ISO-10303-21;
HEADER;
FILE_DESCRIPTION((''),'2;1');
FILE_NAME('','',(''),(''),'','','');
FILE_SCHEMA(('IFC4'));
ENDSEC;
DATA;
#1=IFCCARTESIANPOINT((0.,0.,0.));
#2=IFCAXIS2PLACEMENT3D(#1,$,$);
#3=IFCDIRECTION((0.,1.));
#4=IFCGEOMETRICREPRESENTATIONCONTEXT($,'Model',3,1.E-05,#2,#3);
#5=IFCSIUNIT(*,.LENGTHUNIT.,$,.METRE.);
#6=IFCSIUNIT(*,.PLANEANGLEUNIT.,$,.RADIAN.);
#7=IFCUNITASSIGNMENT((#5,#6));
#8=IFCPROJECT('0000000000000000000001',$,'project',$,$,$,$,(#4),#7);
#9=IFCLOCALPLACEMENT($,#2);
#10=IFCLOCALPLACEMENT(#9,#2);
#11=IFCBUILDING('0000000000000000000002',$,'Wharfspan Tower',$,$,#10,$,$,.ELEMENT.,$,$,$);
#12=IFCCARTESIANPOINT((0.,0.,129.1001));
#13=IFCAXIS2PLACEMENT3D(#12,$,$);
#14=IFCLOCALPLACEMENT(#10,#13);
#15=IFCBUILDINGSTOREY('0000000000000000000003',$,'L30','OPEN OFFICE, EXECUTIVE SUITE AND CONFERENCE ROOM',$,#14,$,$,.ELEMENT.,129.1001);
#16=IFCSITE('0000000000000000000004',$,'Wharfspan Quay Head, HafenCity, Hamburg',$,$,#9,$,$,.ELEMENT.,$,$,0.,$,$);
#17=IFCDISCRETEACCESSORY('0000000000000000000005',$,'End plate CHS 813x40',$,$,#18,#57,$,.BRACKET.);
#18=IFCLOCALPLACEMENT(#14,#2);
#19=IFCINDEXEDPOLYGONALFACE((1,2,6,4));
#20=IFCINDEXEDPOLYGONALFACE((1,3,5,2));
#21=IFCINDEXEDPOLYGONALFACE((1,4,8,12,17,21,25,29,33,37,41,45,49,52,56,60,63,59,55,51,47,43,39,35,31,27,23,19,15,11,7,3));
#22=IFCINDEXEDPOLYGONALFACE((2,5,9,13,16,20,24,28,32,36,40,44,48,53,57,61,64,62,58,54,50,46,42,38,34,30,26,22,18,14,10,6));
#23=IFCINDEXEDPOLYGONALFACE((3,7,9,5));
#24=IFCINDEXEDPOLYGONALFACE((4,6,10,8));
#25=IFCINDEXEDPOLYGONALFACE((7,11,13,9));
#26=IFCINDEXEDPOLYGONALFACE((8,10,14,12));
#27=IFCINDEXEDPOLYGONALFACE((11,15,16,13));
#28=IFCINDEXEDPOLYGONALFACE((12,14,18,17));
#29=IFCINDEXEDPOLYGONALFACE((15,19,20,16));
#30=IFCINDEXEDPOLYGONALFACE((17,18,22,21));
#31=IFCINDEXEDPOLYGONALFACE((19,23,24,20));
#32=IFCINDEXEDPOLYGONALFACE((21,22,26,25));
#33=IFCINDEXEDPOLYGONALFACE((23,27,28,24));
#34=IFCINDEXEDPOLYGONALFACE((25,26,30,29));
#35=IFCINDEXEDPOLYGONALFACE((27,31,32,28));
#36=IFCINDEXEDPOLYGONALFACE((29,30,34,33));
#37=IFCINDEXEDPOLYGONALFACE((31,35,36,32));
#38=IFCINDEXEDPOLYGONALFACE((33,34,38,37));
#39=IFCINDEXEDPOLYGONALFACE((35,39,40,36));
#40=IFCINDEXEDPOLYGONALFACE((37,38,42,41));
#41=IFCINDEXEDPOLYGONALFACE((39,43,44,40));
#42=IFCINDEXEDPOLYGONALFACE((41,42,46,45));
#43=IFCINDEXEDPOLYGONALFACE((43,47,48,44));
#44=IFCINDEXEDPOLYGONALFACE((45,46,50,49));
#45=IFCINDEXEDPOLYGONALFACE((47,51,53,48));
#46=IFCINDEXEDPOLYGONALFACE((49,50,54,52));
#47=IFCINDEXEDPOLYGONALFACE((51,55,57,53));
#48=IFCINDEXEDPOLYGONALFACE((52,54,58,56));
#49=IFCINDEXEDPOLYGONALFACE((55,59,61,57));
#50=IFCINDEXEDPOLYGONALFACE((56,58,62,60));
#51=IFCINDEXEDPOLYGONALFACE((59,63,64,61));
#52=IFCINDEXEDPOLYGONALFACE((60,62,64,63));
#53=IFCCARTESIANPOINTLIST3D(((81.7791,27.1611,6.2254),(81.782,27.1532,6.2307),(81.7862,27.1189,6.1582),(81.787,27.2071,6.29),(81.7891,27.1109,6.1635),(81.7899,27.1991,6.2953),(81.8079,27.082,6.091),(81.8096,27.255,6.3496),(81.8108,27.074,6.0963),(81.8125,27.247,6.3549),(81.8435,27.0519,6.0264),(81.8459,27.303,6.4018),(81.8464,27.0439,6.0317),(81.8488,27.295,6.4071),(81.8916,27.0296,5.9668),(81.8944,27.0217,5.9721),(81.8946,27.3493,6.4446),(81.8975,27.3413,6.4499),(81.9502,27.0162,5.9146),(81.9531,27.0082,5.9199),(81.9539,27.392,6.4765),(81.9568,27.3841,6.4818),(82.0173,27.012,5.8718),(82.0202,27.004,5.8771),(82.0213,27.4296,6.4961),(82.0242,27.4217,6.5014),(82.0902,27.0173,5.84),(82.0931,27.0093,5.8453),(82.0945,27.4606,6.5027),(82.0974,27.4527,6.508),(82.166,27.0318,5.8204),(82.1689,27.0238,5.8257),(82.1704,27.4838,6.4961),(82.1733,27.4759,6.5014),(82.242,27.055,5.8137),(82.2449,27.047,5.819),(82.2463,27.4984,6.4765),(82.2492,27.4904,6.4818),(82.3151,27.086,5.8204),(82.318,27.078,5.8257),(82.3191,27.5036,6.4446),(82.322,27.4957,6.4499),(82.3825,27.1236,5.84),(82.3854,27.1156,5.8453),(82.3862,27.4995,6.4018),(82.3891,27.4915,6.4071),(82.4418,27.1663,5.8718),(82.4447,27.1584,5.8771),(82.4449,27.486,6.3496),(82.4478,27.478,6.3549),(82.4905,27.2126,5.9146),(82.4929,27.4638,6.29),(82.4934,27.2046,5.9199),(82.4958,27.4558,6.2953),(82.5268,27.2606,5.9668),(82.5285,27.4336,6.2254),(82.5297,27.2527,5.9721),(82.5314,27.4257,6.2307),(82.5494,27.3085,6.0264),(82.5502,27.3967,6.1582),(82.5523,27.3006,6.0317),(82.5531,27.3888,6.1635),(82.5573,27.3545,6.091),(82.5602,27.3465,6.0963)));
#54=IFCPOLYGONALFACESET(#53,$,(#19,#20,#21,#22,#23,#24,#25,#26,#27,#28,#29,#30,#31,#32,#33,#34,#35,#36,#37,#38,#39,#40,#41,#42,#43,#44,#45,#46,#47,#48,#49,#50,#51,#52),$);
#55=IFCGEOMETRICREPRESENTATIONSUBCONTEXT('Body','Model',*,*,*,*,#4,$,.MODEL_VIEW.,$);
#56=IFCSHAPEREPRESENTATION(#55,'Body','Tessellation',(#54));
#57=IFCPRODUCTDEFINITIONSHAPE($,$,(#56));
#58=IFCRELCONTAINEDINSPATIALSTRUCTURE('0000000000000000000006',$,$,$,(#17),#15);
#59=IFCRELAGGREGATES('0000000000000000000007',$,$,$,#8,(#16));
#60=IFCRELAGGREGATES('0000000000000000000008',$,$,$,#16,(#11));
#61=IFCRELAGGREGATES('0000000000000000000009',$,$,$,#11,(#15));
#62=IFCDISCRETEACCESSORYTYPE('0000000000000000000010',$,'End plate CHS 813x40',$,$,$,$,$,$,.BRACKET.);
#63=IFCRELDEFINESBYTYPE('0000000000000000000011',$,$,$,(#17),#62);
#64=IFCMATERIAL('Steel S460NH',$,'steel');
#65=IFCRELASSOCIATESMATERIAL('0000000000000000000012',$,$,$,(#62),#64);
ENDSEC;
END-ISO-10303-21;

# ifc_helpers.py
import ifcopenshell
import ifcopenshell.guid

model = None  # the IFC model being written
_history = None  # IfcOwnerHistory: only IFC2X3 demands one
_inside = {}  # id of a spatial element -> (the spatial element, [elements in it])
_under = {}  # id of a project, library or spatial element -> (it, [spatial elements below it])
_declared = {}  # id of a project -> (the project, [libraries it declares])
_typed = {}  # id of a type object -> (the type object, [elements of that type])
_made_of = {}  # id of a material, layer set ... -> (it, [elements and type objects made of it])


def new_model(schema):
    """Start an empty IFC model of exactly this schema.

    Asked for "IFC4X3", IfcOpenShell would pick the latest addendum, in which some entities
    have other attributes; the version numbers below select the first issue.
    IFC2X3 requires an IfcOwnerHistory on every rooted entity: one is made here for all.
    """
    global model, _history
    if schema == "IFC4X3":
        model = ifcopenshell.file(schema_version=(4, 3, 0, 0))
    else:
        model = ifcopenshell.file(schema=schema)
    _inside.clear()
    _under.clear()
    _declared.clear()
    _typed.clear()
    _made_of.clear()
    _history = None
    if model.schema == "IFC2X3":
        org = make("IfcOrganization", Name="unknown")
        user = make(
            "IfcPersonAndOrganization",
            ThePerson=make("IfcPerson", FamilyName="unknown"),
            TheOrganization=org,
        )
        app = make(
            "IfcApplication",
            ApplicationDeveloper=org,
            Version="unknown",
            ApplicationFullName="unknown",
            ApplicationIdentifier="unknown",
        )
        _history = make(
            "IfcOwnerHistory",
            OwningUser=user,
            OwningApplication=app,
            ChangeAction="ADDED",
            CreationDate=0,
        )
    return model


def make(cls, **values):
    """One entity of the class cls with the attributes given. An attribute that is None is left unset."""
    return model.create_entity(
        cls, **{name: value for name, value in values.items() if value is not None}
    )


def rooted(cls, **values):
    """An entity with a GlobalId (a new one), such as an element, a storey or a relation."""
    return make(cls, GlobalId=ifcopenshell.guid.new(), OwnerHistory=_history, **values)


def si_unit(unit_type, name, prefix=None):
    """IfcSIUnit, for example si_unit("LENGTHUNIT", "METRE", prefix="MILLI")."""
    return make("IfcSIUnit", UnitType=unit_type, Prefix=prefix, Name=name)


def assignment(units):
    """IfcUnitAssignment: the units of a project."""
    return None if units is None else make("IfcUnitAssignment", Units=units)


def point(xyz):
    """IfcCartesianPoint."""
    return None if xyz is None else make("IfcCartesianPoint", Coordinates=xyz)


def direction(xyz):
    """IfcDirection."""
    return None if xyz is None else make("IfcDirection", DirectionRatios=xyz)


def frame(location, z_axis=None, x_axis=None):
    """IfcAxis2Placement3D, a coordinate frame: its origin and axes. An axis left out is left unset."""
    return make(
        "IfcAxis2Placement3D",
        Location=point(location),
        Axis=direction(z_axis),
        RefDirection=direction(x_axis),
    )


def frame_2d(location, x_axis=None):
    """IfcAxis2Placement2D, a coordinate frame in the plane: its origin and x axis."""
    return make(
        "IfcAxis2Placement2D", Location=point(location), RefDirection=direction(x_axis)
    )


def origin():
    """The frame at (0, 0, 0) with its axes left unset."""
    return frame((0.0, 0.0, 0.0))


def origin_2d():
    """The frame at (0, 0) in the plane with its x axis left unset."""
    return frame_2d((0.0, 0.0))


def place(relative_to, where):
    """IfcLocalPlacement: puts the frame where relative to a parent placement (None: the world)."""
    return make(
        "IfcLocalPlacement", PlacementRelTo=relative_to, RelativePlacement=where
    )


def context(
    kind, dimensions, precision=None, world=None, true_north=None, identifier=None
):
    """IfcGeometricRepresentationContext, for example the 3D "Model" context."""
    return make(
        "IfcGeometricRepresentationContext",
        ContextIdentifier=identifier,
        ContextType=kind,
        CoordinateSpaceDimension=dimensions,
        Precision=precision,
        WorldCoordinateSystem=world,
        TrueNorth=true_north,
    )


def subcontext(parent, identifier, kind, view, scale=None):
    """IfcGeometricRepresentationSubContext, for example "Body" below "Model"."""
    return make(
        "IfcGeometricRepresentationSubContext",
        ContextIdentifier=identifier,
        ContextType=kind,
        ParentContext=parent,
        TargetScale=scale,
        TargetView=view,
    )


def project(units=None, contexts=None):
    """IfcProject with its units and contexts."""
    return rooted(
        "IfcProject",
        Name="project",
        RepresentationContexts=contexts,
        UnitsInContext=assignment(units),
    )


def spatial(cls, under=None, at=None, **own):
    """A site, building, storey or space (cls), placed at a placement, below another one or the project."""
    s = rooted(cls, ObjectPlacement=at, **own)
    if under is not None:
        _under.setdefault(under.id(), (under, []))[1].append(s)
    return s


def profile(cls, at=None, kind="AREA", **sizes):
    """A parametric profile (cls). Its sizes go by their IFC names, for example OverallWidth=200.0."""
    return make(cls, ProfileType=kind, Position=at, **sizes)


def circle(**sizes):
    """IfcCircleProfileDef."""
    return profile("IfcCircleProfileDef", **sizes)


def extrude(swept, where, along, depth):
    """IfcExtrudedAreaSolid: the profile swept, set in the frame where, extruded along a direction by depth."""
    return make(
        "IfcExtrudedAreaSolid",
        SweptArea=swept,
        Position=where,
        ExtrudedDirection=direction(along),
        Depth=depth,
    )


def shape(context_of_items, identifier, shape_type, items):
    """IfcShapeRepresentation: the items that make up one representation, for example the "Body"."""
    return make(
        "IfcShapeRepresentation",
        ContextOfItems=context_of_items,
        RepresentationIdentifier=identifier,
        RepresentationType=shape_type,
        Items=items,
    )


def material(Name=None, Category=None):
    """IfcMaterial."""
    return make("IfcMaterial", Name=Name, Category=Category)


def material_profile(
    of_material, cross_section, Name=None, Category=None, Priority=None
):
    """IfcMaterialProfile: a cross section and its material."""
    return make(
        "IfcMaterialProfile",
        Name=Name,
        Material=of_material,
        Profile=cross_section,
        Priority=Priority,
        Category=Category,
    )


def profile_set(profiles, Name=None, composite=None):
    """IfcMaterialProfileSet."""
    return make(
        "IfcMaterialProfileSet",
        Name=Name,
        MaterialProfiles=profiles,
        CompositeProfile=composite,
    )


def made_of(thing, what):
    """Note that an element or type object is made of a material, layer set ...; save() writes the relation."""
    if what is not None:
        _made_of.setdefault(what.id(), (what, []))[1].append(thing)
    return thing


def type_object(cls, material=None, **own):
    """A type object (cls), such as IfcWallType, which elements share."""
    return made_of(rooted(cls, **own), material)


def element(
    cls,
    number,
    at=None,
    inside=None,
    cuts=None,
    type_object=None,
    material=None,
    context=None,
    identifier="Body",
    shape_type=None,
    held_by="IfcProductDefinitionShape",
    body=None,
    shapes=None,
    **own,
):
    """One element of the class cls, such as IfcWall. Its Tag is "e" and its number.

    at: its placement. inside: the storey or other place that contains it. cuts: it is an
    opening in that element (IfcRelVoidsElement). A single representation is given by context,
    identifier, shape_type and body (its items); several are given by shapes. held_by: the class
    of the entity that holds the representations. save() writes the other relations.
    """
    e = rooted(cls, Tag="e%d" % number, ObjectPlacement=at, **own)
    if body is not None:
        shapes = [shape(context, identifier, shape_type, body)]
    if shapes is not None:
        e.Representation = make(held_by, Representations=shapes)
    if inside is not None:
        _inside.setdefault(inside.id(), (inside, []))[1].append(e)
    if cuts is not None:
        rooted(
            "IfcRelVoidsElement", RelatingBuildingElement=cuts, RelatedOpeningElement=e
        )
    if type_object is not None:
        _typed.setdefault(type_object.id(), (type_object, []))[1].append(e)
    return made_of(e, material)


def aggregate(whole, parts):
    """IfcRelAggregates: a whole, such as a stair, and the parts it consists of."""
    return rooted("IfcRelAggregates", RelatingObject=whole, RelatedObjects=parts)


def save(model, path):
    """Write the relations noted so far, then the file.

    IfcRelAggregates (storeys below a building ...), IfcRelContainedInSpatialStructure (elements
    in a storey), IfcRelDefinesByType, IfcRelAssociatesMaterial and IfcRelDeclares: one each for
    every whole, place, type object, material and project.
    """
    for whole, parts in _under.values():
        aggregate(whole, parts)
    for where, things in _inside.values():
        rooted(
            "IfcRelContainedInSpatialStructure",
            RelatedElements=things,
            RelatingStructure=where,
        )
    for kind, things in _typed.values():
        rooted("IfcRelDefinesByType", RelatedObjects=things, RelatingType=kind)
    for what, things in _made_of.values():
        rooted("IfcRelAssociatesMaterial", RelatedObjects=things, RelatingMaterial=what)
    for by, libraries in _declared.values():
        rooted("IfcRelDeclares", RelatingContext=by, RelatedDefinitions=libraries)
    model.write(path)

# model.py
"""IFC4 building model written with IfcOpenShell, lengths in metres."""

from ifc_helpers import new_model, si_unit, direction, frame, origin, origin_2d, place, context, subcontext, project, spatial, circle, extrude, material, material_profile, profile_set, type_object, element, save


model = new_model("IFC4")

# Units and contexts
model_context = context("Model", 3, precision=1e-05, world=origin(), true_north=direction((0.0, 1.0)))
body_context = subcontext(model_context, "Body", "Model", "MODEL_VIEW")
ifc_project = project(units=[si_unit("LENGTHUNIT", "METRE"), si_unit("PLANEANGLEUNIT", "RADIAN")], contexts=[model_context])

# Site, building, storey
site_placement = place(None, origin())
site = spatial("IfcSite", under=ifc_project, at=site_placement, Name="Wharfspan Quay Head, HafenCity, Hamburg", CompositionType="ELEMENT", RefElevation=0.0)
building_placement = place(site_placement, origin())
building = spatial("IfcBuilding", under=site, at=building_placement, Name="Wharfspan Tower", CompositionType="ELEMENT")
storey_placement = place(building_placement, frame((0.0, 0.0, 129.1001)))
storey = spatial("IfcBuildingStorey", under=building, at=storey_placement, Name="L30", Description="OPEN OFFICE, EXECUTIVE SUITE AND CONFERENCE ROOM", CompositionType="ELEMENT", Elevation=129.1001)

# Shared definitions
ifc_material_1 = material(Name="Steel S460NH", Category="steel")

# Discrete accessory
ifc_material_profile_1 = material_profile(ifc_material_1, circle(Radius=0.4065, at=origin_2d()))
ifc_profile_set_1 = profile_set([ifc_material_profile_1], Name="Steel S460NH")
discrete_accessory_type = type_object("IfcDiscreteAccessoryType", Name="End plate CHS 813x40", PredefinedType="BRACKET", material=ifc_profile_set_1)
discrete_accessory_placement = place(storey_placement, frame((82.1682, 27.2578, 6.1582), z_axis=(0.289598, -0.796395, 0.53093), x_axis=(0.939792, 0.341743, 0.000001)))
element("IfcDiscreteAccessory", 1, at=discrete_accessory_placement, inside=storey, type_object=discrete_accessory_type, Name="End plate CHS 813x40", PredefinedType="BRACKET", context=body_context, shape_type="SweptSolid", body=[
    extrude(circle(Radius=0.4065, at=origin_2d()), origin(), (0.0, 0.0, 1.0), 0.01),
])

save(model, "model.ifc")
